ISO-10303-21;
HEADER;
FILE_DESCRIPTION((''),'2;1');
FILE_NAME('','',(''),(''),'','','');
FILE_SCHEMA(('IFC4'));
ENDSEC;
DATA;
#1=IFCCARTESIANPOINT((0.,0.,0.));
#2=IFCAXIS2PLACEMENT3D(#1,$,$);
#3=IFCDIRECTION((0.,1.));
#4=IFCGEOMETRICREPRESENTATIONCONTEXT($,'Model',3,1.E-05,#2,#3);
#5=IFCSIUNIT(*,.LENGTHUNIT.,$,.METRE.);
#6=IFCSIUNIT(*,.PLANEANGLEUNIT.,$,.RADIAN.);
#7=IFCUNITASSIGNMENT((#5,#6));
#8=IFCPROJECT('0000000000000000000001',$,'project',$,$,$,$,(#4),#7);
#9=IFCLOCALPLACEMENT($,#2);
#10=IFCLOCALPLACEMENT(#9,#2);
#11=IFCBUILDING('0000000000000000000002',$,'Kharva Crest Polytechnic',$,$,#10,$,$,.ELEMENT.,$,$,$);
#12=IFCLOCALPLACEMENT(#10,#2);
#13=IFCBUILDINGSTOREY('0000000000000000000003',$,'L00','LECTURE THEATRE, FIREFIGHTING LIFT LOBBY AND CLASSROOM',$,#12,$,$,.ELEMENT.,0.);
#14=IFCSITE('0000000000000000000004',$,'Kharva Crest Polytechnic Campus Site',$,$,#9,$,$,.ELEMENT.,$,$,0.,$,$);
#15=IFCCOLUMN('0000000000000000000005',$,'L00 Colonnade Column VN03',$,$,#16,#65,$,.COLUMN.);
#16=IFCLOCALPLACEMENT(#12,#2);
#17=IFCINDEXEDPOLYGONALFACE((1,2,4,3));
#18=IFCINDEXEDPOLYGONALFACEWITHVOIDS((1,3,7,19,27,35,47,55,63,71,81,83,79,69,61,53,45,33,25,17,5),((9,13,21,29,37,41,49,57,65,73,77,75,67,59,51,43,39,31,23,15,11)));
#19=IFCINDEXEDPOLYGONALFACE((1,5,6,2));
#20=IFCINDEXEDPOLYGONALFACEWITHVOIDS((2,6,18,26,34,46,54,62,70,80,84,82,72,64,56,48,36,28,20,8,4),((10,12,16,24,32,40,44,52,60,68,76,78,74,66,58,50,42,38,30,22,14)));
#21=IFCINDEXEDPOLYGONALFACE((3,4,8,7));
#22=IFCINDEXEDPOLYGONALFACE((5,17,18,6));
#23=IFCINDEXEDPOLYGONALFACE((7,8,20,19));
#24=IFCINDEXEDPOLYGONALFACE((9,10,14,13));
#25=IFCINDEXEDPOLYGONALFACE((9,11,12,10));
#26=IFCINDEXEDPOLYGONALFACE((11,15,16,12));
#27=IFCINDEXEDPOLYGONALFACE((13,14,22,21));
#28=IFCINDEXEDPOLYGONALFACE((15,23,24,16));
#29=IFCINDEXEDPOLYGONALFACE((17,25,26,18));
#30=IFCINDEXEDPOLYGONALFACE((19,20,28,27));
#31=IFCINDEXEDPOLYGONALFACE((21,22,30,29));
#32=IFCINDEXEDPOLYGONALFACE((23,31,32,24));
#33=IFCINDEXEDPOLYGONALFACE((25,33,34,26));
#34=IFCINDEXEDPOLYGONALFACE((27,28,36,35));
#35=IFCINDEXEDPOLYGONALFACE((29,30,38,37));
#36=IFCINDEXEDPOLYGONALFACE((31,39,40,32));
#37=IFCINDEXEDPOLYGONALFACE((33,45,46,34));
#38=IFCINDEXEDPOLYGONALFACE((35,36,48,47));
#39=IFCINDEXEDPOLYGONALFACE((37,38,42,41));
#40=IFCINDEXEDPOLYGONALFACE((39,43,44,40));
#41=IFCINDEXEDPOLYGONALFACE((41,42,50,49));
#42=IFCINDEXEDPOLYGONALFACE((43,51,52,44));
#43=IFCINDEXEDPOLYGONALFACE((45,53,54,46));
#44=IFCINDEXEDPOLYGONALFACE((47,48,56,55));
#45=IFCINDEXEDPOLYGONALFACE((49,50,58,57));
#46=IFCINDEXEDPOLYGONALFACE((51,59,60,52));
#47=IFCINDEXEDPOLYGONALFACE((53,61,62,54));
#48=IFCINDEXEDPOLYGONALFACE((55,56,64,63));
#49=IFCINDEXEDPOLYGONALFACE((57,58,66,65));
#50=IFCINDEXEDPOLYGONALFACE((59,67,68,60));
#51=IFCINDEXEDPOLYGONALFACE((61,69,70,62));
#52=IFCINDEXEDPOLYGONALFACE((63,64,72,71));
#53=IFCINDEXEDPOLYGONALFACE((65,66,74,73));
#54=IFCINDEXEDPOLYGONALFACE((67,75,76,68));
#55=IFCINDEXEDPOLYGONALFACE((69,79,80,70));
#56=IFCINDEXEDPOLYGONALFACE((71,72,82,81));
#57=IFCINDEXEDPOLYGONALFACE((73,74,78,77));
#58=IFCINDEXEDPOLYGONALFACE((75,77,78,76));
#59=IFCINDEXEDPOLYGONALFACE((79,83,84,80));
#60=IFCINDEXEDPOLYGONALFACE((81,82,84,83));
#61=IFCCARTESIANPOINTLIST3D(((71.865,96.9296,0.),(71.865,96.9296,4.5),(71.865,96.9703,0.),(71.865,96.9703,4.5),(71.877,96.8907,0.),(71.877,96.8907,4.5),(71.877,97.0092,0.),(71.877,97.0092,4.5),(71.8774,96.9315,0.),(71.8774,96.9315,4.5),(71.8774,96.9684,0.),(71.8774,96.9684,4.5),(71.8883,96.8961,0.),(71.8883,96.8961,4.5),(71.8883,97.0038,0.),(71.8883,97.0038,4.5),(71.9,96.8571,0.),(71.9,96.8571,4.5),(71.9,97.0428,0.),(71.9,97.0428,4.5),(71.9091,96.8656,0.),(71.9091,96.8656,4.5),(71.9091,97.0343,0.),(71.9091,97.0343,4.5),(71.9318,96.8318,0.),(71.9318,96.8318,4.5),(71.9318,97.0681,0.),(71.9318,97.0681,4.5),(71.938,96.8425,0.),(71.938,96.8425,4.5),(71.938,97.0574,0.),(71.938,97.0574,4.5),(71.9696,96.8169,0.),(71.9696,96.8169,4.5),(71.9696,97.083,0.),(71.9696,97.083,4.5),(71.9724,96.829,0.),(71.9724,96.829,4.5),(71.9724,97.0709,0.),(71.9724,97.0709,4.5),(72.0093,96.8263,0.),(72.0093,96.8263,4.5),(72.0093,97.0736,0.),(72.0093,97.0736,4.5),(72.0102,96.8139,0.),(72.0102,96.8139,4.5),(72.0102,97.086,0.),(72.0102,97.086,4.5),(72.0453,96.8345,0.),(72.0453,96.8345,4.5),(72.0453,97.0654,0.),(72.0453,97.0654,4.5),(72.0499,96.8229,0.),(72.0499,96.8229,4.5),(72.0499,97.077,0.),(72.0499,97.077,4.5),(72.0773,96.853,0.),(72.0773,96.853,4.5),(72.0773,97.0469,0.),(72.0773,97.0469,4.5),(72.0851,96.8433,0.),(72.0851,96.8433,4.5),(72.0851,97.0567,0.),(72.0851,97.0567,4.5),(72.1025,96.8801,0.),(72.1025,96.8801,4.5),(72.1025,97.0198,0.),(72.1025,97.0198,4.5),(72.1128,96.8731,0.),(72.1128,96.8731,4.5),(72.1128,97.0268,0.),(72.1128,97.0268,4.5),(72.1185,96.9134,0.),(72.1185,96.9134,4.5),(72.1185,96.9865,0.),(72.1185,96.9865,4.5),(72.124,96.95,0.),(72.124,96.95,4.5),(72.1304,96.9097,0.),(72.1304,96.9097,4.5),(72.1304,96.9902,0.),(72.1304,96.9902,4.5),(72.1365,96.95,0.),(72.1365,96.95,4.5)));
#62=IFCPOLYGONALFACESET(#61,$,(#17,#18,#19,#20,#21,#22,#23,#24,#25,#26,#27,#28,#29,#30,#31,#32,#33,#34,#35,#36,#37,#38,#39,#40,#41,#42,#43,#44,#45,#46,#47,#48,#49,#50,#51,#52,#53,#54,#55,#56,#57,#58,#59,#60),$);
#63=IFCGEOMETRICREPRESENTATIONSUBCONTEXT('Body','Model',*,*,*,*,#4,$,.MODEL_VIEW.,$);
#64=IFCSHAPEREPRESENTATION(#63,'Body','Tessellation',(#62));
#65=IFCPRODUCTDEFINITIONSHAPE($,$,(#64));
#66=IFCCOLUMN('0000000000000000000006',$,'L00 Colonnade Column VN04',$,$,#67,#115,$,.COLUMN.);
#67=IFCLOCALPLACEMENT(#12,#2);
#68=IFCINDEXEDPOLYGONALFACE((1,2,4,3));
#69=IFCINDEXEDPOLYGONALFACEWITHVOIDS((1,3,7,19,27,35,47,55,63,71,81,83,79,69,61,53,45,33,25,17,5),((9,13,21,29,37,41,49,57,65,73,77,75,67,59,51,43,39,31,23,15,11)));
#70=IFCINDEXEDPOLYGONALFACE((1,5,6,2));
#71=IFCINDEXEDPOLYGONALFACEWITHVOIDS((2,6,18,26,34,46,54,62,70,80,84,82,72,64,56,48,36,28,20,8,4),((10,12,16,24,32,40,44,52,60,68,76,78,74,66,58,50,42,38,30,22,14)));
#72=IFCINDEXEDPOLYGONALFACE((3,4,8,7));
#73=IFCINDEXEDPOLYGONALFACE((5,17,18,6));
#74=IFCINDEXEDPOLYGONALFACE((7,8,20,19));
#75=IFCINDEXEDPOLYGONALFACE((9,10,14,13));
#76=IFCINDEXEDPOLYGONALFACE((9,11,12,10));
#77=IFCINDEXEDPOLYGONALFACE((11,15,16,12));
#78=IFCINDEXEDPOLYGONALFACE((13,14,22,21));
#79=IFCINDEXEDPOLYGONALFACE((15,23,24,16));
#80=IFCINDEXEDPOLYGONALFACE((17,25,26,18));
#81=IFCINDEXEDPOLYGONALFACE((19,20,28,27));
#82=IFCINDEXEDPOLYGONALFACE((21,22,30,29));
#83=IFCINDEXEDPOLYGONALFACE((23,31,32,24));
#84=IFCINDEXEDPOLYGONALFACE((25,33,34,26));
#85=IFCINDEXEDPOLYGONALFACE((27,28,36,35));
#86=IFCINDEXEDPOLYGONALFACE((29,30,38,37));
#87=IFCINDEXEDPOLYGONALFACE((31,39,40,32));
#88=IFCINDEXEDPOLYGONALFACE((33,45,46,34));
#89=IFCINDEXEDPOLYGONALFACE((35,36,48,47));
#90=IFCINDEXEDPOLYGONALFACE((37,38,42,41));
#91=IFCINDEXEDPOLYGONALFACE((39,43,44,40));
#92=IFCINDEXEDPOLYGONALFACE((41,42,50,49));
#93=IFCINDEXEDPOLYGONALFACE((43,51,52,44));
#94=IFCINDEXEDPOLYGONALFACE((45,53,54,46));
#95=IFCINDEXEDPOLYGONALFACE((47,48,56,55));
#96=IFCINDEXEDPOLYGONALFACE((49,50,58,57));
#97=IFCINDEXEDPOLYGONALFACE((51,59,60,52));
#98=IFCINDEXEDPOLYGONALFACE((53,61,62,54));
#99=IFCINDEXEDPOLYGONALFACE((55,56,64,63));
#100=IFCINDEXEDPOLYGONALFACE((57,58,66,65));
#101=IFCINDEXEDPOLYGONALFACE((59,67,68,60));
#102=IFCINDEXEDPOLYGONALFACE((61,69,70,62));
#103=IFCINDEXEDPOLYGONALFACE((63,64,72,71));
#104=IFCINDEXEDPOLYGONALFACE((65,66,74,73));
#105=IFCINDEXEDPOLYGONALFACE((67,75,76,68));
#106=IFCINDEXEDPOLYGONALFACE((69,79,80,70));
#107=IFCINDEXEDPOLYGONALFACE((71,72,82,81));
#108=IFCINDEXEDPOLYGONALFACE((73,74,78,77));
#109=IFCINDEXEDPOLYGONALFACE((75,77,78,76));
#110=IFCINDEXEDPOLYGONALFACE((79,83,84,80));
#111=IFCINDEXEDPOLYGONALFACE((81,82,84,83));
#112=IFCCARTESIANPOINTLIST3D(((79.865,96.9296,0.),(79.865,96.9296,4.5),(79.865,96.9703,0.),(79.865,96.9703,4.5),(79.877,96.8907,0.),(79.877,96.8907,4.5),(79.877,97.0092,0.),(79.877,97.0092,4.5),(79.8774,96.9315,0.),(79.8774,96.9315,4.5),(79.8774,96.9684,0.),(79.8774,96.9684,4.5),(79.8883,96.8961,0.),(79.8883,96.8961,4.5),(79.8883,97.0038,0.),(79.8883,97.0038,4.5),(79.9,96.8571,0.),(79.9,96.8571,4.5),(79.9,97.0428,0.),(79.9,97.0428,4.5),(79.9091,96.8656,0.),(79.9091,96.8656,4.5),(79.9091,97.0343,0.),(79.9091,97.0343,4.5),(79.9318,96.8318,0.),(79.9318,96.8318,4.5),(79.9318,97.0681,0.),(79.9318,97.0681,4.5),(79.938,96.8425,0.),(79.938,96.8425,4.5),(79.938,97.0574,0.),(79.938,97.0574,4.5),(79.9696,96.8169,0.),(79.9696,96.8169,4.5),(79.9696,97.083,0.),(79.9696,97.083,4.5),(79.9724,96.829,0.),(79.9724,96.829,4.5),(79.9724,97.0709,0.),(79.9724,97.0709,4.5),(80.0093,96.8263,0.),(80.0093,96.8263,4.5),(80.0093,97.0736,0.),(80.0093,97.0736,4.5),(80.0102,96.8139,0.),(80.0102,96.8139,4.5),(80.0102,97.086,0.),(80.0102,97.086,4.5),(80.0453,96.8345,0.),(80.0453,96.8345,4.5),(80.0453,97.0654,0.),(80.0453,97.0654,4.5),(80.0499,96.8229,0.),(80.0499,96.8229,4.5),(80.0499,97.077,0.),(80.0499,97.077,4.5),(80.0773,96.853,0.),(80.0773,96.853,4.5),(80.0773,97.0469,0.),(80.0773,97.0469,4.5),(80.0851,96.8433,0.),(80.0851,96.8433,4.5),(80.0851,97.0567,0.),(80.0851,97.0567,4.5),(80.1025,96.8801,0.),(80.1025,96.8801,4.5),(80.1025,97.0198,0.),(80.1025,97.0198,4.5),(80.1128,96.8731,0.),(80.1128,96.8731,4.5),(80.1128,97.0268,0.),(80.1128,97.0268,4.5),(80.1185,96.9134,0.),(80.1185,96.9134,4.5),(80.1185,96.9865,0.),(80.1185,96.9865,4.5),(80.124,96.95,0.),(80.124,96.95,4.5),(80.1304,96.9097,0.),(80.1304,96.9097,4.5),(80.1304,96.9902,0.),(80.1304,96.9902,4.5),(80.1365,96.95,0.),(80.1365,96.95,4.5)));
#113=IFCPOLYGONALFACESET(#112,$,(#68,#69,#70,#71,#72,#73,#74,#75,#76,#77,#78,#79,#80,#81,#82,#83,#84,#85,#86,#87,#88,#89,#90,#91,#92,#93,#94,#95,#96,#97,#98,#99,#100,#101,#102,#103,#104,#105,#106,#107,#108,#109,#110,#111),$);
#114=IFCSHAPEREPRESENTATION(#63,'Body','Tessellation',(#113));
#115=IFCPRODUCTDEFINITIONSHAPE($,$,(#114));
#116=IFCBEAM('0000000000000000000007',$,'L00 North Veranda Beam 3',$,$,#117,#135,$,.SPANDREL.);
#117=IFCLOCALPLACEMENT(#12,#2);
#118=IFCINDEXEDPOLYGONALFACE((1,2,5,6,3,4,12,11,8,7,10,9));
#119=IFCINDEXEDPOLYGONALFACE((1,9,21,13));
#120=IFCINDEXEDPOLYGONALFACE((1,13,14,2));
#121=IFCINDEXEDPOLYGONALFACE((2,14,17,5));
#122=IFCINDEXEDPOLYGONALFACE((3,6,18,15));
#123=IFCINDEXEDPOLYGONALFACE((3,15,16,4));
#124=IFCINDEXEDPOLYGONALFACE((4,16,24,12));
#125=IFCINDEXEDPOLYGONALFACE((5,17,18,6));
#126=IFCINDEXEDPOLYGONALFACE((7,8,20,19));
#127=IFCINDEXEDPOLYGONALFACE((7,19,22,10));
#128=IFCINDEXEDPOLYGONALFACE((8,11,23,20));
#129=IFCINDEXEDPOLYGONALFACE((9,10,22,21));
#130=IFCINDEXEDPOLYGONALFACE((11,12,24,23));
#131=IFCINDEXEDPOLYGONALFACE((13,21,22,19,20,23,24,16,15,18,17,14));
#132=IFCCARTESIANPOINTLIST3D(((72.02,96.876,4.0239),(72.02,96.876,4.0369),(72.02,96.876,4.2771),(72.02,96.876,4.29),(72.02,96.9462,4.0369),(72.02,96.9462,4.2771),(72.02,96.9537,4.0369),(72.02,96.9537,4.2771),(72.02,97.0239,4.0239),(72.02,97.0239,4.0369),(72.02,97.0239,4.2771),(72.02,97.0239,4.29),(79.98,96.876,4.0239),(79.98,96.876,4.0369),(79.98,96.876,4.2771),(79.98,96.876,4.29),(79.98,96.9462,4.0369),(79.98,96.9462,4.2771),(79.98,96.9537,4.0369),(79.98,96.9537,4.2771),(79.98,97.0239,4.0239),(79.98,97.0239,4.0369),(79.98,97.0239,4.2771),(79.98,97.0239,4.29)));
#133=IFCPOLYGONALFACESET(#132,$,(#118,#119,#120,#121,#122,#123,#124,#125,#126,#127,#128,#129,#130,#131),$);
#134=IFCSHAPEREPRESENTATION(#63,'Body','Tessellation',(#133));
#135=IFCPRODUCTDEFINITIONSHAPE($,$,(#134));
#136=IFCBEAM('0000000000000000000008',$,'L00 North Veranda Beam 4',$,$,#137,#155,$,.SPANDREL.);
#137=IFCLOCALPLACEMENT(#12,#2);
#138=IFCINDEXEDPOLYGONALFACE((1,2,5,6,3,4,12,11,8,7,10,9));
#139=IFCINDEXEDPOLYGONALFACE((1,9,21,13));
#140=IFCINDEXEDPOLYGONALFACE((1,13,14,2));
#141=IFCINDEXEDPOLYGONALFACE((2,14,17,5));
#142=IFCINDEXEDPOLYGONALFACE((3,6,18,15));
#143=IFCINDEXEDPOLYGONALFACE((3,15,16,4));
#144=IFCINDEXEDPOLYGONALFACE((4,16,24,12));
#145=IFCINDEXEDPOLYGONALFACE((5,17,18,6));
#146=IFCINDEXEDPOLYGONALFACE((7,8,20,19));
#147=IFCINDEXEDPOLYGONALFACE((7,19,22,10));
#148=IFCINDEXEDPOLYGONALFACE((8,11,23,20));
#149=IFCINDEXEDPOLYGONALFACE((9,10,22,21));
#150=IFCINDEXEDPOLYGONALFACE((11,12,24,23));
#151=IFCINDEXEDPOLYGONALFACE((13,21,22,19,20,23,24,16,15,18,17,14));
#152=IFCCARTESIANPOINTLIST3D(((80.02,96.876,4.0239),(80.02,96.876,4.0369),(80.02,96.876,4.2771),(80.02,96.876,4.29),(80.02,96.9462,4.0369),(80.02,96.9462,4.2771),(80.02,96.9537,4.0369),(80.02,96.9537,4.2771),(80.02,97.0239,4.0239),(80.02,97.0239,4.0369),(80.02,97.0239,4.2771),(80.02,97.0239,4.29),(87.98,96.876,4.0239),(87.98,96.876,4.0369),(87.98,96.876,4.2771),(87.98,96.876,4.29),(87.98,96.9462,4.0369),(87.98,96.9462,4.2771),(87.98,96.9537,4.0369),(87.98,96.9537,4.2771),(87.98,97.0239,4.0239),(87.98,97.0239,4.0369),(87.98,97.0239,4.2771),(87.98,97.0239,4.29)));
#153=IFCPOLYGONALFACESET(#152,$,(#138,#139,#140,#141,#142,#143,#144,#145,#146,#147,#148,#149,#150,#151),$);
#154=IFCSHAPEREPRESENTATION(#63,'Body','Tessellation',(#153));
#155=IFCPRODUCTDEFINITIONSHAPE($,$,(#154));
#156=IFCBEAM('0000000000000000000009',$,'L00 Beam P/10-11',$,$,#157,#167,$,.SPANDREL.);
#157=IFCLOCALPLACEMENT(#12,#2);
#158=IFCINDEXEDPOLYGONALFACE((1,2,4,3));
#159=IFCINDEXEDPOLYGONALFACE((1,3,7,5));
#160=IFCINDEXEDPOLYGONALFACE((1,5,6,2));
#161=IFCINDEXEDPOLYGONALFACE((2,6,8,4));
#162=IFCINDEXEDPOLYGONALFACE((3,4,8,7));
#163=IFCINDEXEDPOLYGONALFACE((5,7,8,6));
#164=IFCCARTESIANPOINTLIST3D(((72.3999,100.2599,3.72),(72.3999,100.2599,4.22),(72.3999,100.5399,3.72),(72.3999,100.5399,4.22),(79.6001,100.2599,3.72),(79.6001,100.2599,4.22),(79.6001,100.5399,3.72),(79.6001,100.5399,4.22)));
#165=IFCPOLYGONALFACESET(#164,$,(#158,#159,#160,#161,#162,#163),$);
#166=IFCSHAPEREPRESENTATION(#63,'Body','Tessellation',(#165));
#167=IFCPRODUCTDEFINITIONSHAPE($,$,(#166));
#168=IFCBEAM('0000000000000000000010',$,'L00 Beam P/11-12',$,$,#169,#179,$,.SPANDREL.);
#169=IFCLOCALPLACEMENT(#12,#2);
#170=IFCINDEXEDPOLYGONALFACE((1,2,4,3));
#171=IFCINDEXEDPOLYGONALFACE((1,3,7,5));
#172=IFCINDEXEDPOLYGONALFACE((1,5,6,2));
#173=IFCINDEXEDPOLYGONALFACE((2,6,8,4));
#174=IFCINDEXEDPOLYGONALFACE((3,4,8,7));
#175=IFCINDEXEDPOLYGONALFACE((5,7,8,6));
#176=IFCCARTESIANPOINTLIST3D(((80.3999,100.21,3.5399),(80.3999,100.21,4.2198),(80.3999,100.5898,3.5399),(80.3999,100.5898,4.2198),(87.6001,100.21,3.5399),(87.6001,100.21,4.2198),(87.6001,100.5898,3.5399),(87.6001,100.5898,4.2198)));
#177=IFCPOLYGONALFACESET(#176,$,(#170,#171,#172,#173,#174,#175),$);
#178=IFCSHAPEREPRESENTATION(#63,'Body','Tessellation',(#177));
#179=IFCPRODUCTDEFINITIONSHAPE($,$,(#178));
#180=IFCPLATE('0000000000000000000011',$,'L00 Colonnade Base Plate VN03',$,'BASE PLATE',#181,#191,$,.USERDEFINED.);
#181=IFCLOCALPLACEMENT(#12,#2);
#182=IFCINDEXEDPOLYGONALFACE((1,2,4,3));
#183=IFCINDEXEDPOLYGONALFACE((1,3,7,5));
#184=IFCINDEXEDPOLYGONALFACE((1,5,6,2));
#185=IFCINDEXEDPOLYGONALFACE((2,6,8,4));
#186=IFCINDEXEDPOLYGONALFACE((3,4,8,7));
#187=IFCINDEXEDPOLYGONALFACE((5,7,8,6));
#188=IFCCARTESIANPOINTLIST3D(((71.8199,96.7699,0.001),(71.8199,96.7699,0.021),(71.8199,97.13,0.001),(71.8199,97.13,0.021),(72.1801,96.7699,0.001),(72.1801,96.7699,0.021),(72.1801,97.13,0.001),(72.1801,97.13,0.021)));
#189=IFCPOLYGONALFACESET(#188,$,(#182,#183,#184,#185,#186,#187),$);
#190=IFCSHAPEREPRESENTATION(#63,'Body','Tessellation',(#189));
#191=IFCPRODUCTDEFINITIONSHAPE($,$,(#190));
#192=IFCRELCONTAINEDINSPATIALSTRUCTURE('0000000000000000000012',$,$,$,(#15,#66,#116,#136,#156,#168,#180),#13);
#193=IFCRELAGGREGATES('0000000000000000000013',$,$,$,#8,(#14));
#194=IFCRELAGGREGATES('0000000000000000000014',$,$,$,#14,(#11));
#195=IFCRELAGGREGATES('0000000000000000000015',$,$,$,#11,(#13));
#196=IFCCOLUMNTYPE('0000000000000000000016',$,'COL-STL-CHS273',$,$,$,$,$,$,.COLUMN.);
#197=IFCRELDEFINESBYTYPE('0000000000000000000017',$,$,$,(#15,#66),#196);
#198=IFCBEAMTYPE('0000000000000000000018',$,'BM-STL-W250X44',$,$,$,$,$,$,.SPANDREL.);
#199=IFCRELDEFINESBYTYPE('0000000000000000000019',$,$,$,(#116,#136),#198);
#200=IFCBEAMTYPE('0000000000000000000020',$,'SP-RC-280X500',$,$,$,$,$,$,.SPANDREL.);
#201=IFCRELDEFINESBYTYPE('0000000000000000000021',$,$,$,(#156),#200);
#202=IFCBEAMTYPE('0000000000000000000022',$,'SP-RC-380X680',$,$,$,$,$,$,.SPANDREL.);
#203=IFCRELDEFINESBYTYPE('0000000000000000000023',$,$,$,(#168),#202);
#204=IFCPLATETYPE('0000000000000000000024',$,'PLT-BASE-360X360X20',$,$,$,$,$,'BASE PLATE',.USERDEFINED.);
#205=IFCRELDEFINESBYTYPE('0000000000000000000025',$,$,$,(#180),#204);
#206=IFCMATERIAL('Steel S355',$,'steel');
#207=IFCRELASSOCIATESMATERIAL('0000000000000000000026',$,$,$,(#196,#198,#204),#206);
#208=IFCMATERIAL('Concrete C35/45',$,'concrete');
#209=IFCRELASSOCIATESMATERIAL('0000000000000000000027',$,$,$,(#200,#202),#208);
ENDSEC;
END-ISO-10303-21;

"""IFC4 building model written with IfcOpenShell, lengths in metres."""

from ifc_helpers import new_model, si_unit, direction, frame, origin, origin_2d, place, context, subcontext, project, spatial, rectangle, hollow_circle, i_section, extrude, material, material_profile, profile_set, type_object, element, save


model = new_model("IFC4")

# Units and contexts
model_context = context("Model", 3, precision=1e-05, world=origin(), true_north=direction((0.0, 1.0)))
body_context = subcontext(model_context, "Body", "Model", "MODEL_VIEW")
ifc_project = project(units=[si_unit("LENGTHUNIT", "METRE"), si_unit("PLANEANGLEUNIT", "RADIAN")], contexts=[model_context])

# Site, building, storey
site_placement = place(None, origin())
site = spatial("IfcSite", under=ifc_project, at=site_placement, Name="Kharva Crest Polytechnic Campus Site", CompositionType="ELEMENT", RefElevation=0.0)
building_placement = place(site_placement, origin())
building = spatial("IfcBuilding", under=site, at=building_placement, Name="Kharva Crest Polytechnic", CompositionType="ELEMENT")
storey_placement = place(building_placement, origin())
storey = spatial("IfcBuildingStorey", under=building, at=storey_placement, Name="L00", Description="LECTURE THEATRE, FIREFIGHTING LIFT LOBBY AND CLASSROOM", CompositionType="ELEMENT", Elevation=0.0)

# Shared definitions
ifc_material_1 = material(Name="Concrete C35/45", Category="concrete")

# Columns
ifc_material_2 = material(Name="Steel S355", Category="steel")
ifc_material_profile_1 = material_profile(ifc_material_2, hollow_circle(Radius=0.1365, WallThickness=0.0125, at=origin_2d()), Name="CHS 273.0X12.5")
ifc_profile_set_1 = profile_set([ifc_material_profile_1], Name="Steel S355")
column_type_1 = type_object("IfcColumnType", Name="COL-STL-CHS273", PredefinedType="COLUMN", material=ifc_profile_set_1)
for number, where, z_axis, x_axis, name in (
    (1, (72.0, 96.95, 0.0), (0.0, 0.0, 1.0), (1.0, 0.0, 0.0), "L00 Colonnade Column VN03"),
    (2, (80.0, 96.95, 0.0), (0.0, 0.0, 1.0), (1.0, 0.0, 0.0), "L00 Colonnade Column VN04"),
):
    element("IfcColumn", number, at=place(storey_placement, frame(where, z_axis=z_axis, x_axis=x_axis)), inside=storey, type_object=column_type_1, Name=name, PredefinedType="COLUMN", context=body_context, shape_type="SweptSolid", body=[
        extrude(hollow_circle(Radius=0.1365, WallThickness=0.0125, at=origin_2d()), origin(), (0.0, 0.0, 1.0), 4.5),
    ])

# Beams
ifc_material_profile_2 = material_profile(ifc_material_2, i_section(OverallWidth=0.1479, OverallDepth=0.2661, WebThickness=0.0076, FlangeThickness=0.0129, at=origin_2d()), Name="W250X44.8")
ifc_profile_set_2 = profile_set([ifc_material_profile_2], Name="Steel S355")
beam_type_1 = type_object("IfcBeamType", Name="BM-STL-W250X44", PredefinedType="SPANDREL", material=ifc_profile_set_2)
for number, where, z_axis, x_axis, name in (
    (3, (72.02, 96.95, 4.157), (1.0, 0.0, 0.0), (0.0, 1.0, 0.0), "L00 North Veranda Beam 3"),
    (4, (80.02, 96.95, 4.157), (1.0, 0.0, 0.0), (0.0, 1.0, 0.0), "L00 North Veranda Beam 4"),
):
    element("IfcBeam", number, at=place(storey_placement, frame(where, z_axis=z_axis, x_axis=x_axis)), inside=storey, type_object=beam_type_1, Name=name, PredefinedType="SPANDREL", context=body_context, shape_type="SweptSolid", body=[
        extrude(i_section(OverallWidth=0.1479, OverallDepth=0.2661, WebThickness=0.0076, FlangeThickness=0.0129, at=origin_2d()), origin(), (0.0, 0.0, 1.0), 7.96),
    ])
ifc_material_profile_3 = material_profile(ifc_material_1, rectangle(XDim=0.28, YDim=0.5, at=origin_2d()), Name="RECT 280 X 500")
ifc_profile_set_3 = profile_set([ifc_material_profile_3], Name="Concrete C35/45")
beam_type_2 = type_object("IfcBeamType", Name="SP-RC-280X500", PredefinedType="SPANDREL", material=ifc_profile_set_3)
beam_1_placement = place(storey_placement, frame((72.3999, 100.3999, 3.97), z_axis=(1.0, 0.0, 0.0), x_axis=(0.0, 1.0, 0.0)))
element("IfcBeam", 5, at=beam_1_placement, inside=storey, type_object=beam_type_2, Name="L00 Beam P/10-11", PredefinedType="SPANDREL", context=body_context, shape_type="SweptSolid", body=[
    extrude(rectangle(XDim=0.28, YDim=0.5, at=origin_2d()), origin(), (0.0, 0.0, 1.0), 7.2002),
])
ifc_material_profile_4 = material_profile(ifc_material_1, rectangle(XDim=0.3799, YDim=0.6799, at=origin_2d()), Name="RECT 380 X 680")
ifc_profile_set_4 = profile_set([ifc_material_profile_4], Name="Concrete C35/45")
beam_type_3 = type_object("IfcBeamType", Name="SP-RC-380X680", PredefinedType="SPANDREL", material=ifc_profile_set_4)
beam_2_placement = place(storey_placement, frame((80.3999, 100.3999, 3.8799), z_axis=(1.0, 0.0, 0.0), x_axis=(0.0, 1.0, 0.0)))
element("IfcBeam", 6, at=beam_2_placement, inside=storey, type_object=beam_type_3, Name="L00 Beam P/11-12", PredefinedType="SPANDREL", context=body_context, shape_type="SweptSolid", body=[
    extrude(rectangle(XDim=0.3799, YDim=0.6799, at=origin_2d()), origin(), (0.0, 0.0, 1.0), 7.2002),
])

# Plate
plate_type_1 = type_object("IfcPlateType", Name="PLT-BASE-360X360X20", ElementType="BASE PLATE", PredefinedType="USERDEFINED", material=ifc_material_2)
plate_1_placement = place(storey_placement, frame((72.0, 96.95, 0.001), z_axis=(0.0, 0.0, 1.0), x_axis=(1.0, 0.0, 0.0)))
element("IfcPlate", 7, at=plate_1_placement, inside=storey, type_object=plate_type_1, Name="L00 Colonnade Base Plate VN03", ObjectType="BASE PLATE", PredefinedType="USERDEFINED", context=body_context, shape_type="SweptSolid", body=[
    extrude(rectangle(XDim=0.3601, YDim=0.3601, at=origin_2d()), origin(), (0.0, 0.0, 1.0), 0.02),
])

save(model, "model.ifc")
